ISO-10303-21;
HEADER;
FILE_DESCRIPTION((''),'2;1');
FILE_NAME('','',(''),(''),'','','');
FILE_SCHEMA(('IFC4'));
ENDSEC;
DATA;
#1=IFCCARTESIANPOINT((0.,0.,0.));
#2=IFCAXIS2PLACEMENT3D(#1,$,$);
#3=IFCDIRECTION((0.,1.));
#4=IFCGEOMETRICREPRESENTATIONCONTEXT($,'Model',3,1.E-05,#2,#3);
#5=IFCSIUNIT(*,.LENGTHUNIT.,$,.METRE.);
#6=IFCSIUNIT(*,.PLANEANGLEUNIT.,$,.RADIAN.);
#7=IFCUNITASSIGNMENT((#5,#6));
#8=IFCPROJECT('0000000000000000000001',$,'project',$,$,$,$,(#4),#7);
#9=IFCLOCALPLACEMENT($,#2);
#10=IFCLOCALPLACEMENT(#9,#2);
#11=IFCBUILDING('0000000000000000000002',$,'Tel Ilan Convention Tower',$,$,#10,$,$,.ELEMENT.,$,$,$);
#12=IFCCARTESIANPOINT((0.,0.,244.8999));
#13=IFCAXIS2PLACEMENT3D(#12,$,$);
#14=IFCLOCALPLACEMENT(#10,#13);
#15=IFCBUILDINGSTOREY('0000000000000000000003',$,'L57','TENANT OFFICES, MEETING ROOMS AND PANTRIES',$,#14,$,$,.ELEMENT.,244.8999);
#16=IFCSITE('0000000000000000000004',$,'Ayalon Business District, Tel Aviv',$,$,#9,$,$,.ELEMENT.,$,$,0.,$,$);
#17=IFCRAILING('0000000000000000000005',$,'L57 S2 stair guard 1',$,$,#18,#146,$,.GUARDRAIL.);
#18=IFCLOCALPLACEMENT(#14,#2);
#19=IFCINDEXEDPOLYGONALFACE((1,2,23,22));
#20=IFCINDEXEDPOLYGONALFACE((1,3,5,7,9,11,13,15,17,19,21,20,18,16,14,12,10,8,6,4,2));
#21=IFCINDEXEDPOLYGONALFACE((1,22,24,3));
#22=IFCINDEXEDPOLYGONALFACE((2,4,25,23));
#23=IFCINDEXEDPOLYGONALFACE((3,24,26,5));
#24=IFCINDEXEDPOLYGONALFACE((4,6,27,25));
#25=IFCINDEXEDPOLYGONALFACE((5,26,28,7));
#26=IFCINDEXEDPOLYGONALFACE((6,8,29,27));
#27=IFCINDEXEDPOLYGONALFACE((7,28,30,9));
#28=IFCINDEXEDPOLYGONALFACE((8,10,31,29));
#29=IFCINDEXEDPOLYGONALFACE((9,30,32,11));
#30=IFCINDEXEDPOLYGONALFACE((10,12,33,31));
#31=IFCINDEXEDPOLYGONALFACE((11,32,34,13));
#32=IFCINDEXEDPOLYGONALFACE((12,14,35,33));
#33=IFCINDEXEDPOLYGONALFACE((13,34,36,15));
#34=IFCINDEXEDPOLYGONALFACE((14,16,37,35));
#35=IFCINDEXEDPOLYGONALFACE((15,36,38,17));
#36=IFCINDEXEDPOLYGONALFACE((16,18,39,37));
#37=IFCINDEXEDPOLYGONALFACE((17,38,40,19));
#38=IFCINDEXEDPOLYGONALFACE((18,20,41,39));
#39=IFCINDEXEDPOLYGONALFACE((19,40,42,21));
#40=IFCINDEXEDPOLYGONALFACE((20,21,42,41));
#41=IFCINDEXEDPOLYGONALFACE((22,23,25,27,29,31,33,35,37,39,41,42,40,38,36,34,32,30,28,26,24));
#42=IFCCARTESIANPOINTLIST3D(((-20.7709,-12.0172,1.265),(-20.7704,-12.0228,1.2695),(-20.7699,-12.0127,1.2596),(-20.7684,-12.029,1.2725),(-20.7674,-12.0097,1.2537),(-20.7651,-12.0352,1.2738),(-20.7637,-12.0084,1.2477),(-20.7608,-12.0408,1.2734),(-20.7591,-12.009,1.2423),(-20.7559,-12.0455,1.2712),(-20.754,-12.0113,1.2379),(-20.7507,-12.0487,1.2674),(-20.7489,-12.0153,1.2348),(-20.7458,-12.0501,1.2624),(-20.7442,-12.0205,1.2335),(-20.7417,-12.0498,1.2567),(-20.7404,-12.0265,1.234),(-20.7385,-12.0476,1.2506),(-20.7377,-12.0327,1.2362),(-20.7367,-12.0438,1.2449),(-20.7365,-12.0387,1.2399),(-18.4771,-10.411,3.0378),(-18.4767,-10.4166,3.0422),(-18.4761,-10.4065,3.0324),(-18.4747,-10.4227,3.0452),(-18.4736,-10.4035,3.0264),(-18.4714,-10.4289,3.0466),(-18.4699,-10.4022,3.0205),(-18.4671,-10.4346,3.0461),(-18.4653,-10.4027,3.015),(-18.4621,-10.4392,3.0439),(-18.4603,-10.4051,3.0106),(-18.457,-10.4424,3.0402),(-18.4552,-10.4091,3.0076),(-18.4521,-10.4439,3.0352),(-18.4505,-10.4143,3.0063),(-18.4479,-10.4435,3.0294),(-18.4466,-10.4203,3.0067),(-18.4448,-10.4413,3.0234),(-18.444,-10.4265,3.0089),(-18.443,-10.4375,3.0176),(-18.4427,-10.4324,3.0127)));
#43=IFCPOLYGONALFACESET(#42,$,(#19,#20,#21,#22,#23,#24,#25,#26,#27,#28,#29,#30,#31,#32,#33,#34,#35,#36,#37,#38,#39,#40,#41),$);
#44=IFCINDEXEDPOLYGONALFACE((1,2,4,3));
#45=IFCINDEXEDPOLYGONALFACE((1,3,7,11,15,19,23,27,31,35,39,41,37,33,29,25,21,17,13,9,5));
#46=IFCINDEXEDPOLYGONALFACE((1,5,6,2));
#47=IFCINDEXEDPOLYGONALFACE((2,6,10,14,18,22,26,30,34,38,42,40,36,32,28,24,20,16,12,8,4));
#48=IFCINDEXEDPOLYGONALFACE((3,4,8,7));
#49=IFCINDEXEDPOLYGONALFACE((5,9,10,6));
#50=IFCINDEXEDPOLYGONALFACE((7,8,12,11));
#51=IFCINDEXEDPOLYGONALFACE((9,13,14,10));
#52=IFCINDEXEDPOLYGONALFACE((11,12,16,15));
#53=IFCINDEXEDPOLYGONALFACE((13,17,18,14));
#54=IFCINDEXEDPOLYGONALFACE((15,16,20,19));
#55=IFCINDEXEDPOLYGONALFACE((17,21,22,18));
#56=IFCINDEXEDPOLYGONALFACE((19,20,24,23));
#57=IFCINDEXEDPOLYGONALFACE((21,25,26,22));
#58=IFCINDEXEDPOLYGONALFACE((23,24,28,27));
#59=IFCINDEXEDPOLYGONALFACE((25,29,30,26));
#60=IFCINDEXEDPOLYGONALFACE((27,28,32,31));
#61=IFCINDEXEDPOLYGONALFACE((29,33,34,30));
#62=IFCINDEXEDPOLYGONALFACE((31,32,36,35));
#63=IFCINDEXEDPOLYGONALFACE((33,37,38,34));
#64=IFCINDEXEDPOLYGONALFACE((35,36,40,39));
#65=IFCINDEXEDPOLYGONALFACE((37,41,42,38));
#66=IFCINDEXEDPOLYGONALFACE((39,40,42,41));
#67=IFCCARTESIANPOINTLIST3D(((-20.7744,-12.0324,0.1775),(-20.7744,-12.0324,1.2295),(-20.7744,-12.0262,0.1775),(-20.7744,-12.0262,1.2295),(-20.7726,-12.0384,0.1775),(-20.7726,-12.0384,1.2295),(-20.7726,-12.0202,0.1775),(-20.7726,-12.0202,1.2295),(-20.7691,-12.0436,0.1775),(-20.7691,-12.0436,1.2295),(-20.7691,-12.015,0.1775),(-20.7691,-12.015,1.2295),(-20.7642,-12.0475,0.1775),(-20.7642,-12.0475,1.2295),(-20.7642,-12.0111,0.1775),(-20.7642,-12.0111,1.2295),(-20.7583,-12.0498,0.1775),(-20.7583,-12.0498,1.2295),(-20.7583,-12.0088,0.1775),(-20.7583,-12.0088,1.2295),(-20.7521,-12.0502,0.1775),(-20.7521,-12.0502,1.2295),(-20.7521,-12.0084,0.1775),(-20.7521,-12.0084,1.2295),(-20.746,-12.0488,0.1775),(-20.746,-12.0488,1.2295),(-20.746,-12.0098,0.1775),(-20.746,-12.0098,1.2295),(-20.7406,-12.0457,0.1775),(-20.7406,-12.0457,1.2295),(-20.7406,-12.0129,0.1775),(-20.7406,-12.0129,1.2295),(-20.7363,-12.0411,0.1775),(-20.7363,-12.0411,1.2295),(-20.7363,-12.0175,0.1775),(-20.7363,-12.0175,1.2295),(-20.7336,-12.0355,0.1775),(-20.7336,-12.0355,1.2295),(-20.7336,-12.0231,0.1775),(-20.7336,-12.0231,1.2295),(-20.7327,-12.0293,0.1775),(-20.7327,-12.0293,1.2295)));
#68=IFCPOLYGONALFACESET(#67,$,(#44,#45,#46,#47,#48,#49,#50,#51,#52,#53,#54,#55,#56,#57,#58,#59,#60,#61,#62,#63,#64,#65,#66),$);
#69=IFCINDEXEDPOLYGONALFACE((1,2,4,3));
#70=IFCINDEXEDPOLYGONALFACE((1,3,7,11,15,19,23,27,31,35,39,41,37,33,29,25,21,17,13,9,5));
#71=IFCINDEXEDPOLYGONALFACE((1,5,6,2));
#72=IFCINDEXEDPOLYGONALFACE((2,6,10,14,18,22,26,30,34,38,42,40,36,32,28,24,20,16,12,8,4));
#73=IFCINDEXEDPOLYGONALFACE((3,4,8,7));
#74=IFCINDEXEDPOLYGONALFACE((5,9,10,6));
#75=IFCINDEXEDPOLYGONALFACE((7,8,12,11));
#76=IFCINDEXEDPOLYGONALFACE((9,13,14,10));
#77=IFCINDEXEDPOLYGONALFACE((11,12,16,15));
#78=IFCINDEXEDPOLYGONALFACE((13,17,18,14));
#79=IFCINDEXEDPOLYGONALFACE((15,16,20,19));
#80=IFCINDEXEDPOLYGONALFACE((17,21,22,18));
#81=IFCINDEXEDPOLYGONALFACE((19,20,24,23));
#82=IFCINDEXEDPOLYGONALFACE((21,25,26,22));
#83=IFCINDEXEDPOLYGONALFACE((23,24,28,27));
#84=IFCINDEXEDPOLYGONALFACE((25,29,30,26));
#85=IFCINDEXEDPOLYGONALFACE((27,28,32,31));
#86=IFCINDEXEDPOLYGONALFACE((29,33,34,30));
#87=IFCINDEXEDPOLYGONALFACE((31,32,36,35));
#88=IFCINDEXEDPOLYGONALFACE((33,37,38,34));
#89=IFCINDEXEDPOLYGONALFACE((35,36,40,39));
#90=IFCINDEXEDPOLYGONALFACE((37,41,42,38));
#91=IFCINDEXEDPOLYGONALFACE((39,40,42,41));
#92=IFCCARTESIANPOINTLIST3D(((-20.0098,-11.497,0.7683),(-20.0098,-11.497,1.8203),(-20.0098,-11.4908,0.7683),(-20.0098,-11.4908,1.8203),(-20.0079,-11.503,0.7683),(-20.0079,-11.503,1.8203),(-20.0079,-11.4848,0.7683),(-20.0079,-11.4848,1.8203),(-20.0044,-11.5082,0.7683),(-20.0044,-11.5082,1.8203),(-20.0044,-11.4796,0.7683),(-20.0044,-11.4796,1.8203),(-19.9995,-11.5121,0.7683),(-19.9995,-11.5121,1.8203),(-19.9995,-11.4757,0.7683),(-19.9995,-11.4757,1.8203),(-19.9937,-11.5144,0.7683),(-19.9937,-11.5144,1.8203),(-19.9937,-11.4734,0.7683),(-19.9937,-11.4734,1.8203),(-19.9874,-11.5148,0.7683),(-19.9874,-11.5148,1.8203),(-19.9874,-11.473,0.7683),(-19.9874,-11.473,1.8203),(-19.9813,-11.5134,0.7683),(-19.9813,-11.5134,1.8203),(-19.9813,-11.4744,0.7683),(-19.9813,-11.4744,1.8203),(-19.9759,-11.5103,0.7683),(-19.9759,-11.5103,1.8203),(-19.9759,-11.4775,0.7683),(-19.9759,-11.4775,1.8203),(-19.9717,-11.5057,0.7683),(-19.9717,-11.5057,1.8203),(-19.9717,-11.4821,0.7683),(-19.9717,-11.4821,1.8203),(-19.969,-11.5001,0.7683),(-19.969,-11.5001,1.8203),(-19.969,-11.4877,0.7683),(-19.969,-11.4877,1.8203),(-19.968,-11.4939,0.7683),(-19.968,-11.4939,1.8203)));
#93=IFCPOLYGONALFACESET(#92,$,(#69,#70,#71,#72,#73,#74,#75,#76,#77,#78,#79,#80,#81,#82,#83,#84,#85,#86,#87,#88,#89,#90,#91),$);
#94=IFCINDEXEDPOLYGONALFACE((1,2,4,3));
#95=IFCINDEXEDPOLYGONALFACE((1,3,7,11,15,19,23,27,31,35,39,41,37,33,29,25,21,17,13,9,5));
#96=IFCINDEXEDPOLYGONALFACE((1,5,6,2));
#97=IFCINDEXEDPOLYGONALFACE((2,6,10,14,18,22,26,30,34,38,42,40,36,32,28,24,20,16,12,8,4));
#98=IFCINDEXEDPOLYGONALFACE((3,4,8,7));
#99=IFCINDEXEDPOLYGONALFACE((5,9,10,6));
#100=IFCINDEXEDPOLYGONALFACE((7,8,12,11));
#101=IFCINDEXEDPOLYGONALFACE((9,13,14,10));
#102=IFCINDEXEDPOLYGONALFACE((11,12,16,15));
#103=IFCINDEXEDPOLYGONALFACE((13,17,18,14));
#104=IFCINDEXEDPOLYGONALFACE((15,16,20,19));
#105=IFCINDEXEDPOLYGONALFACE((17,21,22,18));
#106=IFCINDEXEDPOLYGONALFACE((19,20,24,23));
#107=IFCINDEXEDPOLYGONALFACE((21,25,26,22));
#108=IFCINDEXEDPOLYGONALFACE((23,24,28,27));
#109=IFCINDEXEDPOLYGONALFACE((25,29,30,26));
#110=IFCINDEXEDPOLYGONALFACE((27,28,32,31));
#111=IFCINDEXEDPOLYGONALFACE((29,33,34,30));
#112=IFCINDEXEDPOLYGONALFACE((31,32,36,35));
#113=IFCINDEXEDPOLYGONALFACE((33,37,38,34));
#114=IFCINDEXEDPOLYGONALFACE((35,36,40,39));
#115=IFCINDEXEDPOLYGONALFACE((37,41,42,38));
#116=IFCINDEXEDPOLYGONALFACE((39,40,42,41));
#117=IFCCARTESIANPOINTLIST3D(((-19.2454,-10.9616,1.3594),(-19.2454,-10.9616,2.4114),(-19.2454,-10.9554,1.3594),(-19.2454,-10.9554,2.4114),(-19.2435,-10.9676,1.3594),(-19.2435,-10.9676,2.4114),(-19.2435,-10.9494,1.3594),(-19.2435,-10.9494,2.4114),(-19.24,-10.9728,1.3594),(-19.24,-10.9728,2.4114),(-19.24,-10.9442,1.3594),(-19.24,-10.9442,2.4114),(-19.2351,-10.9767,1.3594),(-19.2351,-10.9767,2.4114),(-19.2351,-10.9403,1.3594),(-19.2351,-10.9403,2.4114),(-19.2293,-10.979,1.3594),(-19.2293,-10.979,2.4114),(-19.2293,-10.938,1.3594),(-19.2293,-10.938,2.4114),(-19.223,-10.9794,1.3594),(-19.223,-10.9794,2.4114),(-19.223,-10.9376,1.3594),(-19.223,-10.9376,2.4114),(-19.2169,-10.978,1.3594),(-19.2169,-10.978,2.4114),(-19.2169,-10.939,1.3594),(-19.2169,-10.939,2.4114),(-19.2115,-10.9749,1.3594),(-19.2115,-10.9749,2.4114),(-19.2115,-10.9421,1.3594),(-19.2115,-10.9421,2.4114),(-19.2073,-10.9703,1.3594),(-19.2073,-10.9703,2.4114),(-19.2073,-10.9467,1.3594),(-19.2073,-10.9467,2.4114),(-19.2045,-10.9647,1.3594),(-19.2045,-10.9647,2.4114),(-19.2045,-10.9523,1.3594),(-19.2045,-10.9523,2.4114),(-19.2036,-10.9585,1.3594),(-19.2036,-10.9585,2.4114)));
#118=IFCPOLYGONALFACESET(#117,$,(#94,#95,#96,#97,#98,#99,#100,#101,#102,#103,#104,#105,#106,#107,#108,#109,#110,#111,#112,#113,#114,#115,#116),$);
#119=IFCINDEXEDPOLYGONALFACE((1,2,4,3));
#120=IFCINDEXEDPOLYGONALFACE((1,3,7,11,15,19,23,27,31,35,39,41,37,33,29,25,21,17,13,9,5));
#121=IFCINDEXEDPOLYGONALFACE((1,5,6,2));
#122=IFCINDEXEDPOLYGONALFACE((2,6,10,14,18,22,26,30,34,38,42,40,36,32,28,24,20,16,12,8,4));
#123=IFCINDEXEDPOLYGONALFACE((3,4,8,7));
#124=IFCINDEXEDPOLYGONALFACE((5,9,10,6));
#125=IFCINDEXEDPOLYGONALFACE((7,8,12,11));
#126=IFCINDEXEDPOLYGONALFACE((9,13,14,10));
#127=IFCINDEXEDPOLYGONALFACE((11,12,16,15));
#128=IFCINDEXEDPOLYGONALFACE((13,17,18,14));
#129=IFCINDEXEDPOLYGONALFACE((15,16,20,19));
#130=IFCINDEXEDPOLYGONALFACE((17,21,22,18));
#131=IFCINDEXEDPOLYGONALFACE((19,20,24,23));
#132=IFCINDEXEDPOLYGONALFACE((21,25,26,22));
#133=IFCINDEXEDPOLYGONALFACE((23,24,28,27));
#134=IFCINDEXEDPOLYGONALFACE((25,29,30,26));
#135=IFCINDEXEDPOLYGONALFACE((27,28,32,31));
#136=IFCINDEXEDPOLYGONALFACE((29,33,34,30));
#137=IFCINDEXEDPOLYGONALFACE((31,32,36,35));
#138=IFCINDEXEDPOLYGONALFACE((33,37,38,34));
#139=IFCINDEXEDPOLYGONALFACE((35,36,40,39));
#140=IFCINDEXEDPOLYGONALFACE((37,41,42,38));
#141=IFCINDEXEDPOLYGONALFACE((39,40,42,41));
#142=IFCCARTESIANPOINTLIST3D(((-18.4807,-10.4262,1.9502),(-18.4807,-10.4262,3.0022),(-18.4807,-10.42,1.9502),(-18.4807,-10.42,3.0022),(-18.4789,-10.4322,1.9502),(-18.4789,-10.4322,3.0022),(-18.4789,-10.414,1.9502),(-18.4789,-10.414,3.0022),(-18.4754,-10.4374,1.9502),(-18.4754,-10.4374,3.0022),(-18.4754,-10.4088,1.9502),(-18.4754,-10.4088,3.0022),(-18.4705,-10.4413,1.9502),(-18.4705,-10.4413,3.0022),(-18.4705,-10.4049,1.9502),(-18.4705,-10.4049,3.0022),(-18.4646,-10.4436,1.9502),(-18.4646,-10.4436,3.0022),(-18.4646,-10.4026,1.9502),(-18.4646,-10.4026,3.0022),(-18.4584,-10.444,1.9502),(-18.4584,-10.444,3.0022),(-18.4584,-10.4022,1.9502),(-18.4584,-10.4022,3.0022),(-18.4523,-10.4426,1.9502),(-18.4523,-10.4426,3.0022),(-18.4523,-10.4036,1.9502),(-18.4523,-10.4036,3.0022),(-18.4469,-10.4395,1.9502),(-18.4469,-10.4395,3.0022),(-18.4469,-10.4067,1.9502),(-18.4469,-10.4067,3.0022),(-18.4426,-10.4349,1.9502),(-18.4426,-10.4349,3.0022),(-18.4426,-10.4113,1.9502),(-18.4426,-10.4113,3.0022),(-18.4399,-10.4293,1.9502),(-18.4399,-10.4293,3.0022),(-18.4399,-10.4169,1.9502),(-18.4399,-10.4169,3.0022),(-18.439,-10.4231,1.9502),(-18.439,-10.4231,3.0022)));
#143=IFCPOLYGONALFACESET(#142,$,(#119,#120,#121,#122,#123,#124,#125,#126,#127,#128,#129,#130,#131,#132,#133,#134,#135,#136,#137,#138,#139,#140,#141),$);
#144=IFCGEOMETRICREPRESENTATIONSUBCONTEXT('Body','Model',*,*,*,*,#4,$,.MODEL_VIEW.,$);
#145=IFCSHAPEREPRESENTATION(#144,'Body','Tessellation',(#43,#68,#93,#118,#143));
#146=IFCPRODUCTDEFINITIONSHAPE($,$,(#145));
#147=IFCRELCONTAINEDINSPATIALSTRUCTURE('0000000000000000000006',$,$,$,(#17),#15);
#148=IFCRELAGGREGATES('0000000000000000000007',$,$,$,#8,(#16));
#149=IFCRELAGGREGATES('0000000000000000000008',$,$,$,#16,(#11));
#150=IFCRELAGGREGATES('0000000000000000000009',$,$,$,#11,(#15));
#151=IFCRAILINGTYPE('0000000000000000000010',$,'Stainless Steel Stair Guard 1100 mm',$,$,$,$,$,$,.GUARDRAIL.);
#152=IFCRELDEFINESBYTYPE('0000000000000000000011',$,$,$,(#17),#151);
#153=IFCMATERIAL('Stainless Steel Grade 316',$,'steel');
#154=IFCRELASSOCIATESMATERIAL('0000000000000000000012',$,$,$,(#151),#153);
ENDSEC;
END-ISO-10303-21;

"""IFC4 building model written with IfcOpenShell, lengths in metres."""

from ifc_helpers import new_model, si_unit, direction, frame, origin, origin_2d, place, context, subcontext, project, spatial, circle, extrude, material, type_object, element, save


model = new_model("IFC4")

# Units and contexts
model_context = context("Model", 3, precision=1e-05, world=origin(), true_north=direction((0.0, 1.0)))
body_context = subcontext(model_context, "Body", "Model", "MODEL_VIEW")
ifc_project = project(units=[si_unit("LENGTHUNIT", "METRE"), si_unit("PLANEANGLEUNIT", "RADIAN")], contexts=[model_context])

# Site, building, storey
site_placement = place(None, origin())
site = spatial("IfcSite", under=ifc_project, at=site_placement, Name="Ayalon Business District, Tel Aviv", CompositionType="ELEMENT", RefElevation=0.0)
building_placement = place(site_placement, origin())
building = spatial("IfcBuilding", under=site, at=building_placement, Name="Tel Ilan Convention Tower", CompositionType="ELEMENT")
storey_placement = place(building_placement, frame((0.0, 0.0, 244.8999)))
storey = spatial("IfcBuildingStorey", under=building, at=storey_placement, Name="L57", Description="TENANT OFFICES, MEETING ROOMS AND PANTRIES", CompositionType="ELEMENT", Elevation=244.8999)

# Railing
ifc_material_1 = material(Name="Stainless Steel Grade 316", Category="steel")
railing_type_1 = type_object("IfcRailingType", Name="Stainless Steel Stair Guard 1100 mm", PredefinedType="GUARDRAIL", material=ifc_material_1)
railing_1_placement = place(storey_placement, frame((-20.7537, -12.0293, 0.1775)))
element("IfcRailing", 1, at=railing_1_placement, inside=storey, type_object=railing_type_1, Name="L57 S2 stair guard 1", PredefinedType="GUARDRAIL", context=body_context, shape_type="SweptSolid", body=[
    extrude(circle(Radius=0.0239, at=origin_2d()), frame((0.0, 0.0, 1.0762), z_axis=(0.692098, 0.484653, 0.534894), x_axis=(-0.573609, 0.81913, 0.0)), (0.0, 0.0, 1.0), 3.3142),
    extrude(circle(Radius=0.021, at=origin_2d()), origin(), (0.0, 0.0, 1.0), 1.052),
    extrude(circle(Radius=0.021, at=origin_2d()), frame((0.7646, 0.5354, 0.5908)), (0.0, 0.0, 1.0), 1.052),
    extrude(circle(Radius=0.021, at=origin_2d()), frame((1.5291, 1.0708, 1.1819)), (0.0, 0.0, 1.0), 1.052),
    extrude(circle(Radius=0.021, at=origin_2d()), frame((2.2937, 1.6062, 1.7727)), (0.0, 0.0, 1.0), 1.052),
])

save(model, "model.ifc")
